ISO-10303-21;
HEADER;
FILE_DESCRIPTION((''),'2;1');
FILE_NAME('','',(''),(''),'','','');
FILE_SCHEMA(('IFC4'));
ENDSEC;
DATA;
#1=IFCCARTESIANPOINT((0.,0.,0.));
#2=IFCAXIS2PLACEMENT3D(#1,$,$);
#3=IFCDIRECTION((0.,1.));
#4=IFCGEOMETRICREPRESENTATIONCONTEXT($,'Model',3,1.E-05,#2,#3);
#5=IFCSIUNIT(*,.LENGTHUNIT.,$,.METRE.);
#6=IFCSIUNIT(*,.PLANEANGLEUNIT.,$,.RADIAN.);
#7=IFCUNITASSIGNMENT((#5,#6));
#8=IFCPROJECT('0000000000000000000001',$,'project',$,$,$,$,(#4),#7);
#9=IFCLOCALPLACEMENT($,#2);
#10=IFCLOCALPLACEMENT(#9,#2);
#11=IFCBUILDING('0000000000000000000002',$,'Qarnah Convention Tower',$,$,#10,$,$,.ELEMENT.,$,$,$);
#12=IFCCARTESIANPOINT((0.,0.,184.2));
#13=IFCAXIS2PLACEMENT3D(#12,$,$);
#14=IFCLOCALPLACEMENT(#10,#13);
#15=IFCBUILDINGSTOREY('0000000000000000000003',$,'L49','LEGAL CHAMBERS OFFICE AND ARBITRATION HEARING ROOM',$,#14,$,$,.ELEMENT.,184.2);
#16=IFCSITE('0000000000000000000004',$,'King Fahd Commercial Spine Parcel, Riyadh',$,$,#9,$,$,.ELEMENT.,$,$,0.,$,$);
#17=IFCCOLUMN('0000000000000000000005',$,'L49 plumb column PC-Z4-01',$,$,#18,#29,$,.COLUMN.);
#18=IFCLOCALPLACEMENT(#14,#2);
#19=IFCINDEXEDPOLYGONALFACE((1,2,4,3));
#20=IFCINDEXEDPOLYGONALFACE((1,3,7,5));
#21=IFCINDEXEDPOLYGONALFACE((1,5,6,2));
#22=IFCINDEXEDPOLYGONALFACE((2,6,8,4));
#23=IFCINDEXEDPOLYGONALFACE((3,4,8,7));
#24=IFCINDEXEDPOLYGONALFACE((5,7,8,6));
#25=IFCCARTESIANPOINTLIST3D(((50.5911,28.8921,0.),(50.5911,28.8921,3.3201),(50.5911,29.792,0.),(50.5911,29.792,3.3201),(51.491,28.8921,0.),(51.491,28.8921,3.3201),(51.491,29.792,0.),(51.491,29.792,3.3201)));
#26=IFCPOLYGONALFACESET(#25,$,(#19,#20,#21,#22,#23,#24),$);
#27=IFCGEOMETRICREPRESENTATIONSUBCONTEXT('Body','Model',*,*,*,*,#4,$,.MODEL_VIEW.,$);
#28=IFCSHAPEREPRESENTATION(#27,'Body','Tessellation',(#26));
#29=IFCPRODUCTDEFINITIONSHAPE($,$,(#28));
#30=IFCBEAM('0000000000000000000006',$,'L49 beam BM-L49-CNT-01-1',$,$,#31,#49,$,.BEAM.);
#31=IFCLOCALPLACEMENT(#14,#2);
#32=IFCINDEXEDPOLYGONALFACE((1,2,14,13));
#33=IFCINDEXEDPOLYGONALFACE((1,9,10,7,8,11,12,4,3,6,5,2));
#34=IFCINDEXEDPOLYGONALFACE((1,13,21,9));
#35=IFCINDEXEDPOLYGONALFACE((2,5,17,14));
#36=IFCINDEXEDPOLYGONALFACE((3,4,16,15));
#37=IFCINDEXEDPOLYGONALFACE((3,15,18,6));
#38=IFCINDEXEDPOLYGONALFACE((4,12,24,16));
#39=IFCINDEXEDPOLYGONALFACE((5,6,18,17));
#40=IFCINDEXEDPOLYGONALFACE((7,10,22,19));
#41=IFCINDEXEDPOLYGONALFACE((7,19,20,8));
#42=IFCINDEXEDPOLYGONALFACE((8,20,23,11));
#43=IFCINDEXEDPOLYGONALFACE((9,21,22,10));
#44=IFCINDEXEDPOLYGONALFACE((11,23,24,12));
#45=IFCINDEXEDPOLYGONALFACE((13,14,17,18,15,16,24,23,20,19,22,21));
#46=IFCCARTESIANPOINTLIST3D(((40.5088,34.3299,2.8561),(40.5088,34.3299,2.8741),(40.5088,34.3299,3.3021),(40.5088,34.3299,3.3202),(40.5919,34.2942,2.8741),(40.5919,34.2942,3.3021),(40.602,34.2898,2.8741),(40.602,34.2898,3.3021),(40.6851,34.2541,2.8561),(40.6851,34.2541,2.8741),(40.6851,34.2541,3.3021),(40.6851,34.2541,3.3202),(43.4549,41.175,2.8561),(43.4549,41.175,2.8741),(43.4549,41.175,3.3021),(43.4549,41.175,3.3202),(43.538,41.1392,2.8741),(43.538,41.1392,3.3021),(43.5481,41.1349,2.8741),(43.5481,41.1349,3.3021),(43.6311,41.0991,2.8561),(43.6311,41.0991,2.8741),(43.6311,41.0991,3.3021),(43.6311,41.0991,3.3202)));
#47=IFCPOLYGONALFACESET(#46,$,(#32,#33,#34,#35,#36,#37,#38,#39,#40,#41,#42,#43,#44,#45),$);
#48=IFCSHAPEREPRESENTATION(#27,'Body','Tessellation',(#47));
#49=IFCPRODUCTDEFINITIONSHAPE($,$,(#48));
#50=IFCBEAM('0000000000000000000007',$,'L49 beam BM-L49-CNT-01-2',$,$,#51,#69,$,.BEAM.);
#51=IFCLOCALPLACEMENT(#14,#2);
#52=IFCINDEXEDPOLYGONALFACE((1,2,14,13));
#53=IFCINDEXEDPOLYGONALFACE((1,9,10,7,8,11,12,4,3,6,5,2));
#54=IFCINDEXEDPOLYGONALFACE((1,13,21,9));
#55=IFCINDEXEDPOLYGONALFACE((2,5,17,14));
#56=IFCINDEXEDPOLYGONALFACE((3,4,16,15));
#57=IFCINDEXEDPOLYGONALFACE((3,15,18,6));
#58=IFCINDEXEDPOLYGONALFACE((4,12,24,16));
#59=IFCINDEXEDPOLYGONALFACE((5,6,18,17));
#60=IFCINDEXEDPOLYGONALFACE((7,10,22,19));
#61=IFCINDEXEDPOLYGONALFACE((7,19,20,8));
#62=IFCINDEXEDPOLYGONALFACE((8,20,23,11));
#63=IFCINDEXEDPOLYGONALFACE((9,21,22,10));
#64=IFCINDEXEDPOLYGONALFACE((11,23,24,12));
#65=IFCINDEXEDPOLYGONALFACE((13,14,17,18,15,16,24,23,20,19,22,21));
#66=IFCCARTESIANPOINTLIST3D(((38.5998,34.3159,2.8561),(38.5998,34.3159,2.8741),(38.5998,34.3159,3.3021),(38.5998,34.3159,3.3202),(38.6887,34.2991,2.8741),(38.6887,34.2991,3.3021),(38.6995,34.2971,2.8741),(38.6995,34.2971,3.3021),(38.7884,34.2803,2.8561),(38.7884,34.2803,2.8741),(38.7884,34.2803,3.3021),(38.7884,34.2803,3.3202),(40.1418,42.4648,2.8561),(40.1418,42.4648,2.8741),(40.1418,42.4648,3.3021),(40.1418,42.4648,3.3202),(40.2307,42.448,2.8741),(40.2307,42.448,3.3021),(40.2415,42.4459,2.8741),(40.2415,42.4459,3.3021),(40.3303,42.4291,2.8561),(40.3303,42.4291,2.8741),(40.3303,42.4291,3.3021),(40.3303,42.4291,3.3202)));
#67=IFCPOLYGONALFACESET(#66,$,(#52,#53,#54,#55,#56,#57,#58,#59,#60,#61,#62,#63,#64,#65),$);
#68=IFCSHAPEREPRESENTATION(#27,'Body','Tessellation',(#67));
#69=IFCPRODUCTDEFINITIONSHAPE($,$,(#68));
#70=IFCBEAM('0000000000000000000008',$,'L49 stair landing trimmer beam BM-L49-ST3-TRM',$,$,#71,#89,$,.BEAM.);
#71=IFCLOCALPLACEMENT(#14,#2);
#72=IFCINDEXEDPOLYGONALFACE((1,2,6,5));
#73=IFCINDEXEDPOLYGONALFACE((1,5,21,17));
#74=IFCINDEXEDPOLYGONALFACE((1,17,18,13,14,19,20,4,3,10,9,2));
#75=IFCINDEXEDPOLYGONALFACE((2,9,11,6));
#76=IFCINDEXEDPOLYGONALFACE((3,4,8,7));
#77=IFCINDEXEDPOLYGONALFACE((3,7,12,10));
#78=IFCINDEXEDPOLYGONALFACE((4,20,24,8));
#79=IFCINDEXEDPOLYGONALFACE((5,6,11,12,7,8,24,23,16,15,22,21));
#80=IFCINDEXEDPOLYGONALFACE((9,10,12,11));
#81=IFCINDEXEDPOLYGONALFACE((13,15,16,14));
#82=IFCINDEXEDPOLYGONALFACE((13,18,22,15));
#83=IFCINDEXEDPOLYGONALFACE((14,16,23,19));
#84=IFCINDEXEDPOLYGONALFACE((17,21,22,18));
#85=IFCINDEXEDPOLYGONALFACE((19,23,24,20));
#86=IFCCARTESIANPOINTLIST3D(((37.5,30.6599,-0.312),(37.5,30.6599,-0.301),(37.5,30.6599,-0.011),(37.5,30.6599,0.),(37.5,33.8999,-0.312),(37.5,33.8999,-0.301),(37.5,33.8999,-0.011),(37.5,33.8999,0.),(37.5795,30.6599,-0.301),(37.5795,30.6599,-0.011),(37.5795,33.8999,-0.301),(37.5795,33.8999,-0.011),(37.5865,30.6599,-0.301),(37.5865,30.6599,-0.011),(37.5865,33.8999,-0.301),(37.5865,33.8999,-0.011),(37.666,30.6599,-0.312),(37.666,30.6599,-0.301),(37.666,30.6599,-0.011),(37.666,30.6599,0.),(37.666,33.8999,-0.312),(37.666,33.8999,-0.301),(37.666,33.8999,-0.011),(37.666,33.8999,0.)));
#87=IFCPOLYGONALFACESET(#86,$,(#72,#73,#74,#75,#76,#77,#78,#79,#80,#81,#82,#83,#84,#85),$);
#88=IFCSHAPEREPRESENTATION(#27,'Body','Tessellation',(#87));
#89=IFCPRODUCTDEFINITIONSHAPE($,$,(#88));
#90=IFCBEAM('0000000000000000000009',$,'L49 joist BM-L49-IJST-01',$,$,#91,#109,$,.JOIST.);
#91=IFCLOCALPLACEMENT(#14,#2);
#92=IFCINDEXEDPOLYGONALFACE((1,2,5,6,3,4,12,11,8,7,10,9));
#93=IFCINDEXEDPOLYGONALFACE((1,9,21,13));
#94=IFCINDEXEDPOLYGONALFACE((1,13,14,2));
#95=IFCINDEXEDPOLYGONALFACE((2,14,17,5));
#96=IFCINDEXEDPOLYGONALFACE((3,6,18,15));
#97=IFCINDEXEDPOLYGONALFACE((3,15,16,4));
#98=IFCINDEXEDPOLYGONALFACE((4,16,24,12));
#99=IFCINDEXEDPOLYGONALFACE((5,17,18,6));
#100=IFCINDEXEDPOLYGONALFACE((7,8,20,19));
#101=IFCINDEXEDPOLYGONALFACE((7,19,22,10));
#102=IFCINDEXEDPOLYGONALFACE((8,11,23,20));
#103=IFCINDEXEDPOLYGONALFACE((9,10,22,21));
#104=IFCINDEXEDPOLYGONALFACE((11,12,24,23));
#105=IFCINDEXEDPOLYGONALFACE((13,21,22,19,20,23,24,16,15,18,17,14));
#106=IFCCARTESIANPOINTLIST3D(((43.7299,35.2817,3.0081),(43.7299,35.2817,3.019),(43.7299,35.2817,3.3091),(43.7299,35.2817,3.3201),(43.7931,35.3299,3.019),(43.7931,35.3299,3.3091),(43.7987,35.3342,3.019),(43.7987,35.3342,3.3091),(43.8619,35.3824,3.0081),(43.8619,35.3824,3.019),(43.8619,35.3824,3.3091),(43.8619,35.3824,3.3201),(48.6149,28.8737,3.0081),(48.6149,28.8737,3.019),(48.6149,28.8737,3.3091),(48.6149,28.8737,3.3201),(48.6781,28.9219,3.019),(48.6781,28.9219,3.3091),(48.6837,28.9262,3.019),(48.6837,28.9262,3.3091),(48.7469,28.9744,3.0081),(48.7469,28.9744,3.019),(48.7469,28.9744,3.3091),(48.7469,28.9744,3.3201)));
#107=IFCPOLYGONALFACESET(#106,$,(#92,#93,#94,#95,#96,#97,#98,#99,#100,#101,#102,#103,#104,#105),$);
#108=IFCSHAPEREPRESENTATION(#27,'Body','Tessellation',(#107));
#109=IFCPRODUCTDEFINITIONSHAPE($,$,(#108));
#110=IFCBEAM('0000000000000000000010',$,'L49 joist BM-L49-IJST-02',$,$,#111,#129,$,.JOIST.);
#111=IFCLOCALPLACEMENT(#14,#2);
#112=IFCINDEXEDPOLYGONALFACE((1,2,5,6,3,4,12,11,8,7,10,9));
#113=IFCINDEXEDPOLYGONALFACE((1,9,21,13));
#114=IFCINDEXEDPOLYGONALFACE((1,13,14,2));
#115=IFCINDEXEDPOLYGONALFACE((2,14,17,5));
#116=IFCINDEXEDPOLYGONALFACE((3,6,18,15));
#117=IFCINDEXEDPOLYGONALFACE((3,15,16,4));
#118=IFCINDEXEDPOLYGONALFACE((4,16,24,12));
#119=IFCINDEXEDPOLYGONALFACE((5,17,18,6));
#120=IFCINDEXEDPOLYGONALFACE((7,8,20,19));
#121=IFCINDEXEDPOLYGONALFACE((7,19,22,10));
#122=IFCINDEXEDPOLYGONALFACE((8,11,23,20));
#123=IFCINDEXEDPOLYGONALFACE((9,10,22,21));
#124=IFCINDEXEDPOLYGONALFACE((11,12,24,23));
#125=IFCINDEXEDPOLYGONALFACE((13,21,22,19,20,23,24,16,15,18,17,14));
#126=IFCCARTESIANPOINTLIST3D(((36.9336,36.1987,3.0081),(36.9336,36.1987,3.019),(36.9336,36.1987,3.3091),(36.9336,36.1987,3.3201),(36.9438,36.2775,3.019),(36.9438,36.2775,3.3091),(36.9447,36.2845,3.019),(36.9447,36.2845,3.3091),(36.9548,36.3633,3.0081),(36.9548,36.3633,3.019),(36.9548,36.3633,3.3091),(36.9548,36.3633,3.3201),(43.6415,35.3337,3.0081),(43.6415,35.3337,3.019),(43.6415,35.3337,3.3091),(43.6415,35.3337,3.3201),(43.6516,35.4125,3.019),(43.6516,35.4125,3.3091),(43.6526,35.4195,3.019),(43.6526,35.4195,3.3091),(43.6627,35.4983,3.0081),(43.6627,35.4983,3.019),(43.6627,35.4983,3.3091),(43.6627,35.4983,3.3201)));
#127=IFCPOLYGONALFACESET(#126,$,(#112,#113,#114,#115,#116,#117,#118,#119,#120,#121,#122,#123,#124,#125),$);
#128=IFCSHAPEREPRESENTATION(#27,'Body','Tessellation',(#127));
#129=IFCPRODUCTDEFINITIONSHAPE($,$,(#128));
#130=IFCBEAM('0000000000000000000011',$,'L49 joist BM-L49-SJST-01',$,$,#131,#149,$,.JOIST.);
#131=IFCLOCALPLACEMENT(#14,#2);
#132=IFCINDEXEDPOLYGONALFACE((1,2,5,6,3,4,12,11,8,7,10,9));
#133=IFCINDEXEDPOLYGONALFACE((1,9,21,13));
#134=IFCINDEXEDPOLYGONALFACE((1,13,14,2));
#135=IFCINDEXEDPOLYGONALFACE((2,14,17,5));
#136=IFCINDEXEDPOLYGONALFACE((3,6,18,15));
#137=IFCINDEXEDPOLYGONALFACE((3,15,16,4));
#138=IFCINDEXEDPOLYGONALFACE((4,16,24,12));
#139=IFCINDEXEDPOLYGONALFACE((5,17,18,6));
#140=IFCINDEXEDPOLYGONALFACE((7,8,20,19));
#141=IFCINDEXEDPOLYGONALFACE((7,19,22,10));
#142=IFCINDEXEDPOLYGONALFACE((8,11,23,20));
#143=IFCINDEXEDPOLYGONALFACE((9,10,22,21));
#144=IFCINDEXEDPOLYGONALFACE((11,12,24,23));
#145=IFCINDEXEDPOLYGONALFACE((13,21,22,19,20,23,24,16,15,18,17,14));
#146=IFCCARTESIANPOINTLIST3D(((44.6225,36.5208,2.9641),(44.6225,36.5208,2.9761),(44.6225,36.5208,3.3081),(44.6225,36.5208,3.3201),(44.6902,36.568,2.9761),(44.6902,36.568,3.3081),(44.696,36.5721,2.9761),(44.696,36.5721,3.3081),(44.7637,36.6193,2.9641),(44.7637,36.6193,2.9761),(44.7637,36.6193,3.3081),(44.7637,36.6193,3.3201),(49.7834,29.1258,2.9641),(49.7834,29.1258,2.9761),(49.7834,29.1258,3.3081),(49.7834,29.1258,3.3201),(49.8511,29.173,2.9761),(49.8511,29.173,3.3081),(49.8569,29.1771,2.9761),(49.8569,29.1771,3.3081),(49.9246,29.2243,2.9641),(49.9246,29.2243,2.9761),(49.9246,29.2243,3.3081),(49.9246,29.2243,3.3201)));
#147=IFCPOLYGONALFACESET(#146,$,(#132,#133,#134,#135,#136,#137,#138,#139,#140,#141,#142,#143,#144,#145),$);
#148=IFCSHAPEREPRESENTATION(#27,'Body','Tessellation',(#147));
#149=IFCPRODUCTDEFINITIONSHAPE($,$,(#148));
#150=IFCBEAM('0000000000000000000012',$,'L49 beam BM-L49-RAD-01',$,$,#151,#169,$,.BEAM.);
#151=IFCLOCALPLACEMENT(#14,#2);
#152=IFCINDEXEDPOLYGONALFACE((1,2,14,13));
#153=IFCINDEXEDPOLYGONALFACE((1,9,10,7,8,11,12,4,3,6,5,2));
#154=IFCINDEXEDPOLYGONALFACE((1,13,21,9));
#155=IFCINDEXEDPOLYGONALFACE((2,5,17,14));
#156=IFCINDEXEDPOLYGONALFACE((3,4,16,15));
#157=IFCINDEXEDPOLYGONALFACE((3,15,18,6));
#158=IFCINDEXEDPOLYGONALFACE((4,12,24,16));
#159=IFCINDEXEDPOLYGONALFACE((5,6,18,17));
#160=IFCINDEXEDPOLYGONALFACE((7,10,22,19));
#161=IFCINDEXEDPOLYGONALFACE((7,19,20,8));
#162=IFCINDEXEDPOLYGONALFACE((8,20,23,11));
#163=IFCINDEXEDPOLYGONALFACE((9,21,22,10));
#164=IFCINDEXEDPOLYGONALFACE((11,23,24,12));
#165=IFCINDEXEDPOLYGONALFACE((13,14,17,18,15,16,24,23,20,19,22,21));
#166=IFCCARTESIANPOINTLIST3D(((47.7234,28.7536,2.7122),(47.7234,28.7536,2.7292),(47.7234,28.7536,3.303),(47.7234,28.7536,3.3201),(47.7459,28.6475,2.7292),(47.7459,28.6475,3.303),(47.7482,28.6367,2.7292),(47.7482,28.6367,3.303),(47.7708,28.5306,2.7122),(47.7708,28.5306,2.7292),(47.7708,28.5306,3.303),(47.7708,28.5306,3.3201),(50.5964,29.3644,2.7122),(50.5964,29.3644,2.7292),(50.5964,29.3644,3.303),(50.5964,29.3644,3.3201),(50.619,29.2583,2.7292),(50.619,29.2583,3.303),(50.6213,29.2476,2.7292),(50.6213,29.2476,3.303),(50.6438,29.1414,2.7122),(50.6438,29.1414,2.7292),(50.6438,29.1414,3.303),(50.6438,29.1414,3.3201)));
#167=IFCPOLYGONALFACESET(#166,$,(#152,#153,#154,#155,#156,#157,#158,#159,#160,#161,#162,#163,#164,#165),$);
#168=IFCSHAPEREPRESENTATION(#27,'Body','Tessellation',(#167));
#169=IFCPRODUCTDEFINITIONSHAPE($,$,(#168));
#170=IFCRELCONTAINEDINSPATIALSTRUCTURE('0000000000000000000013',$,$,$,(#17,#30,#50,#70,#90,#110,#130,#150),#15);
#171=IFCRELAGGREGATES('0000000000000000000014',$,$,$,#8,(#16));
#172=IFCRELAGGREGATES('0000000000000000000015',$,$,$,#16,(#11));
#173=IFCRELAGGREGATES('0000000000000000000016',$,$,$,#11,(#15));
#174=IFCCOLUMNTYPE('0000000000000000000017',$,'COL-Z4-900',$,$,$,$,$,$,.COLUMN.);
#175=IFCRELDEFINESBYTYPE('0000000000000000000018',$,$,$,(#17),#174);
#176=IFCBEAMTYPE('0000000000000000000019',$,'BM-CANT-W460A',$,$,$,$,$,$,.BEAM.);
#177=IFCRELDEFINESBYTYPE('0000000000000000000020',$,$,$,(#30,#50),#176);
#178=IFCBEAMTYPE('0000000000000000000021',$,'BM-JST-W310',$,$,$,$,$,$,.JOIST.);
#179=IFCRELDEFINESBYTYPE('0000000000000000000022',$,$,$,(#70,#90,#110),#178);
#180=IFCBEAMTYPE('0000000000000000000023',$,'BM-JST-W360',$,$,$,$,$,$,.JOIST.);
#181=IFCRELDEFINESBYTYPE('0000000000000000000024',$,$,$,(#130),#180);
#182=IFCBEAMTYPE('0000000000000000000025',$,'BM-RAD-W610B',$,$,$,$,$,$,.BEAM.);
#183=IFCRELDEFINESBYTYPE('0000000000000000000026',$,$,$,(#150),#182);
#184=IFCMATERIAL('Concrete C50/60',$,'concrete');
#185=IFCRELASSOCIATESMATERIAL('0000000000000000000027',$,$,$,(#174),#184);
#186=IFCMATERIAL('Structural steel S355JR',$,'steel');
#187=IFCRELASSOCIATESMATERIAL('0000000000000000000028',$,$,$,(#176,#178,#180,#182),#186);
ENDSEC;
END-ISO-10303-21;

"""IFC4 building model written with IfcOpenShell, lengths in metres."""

from ifc_helpers import new_model, si_unit, direction, frame, origin, origin_2d, place, context, subcontext, project, spatial, rectangle, i_section, extrude, material, material_profile, profile_set, type_object, element, save


model = new_model("IFC4")

# Units and contexts
model_context = context("Model", 3, precision=1e-05, world=origin(), true_north=direction((0.0, 1.0)))
body_context = subcontext(model_context, "Body", "Model", "MODEL_VIEW")
ifc_project = project(units=[si_unit("LENGTHUNIT", "METRE"), si_unit("PLANEANGLEUNIT", "RADIAN")], contexts=[model_context])

# Site, building, storey
site_placement = place(None, origin())
site = spatial("IfcSite", under=ifc_project, at=site_placement, Name="King Fahd Commercial Spine Parcel, Riyadh", CompositionType="ELEMENT", RefElevation=0.0)
building_placement = place(site_placement, origin())
building = spatial("IfcBuilding", under=site, at=building_placement, Name="Qarnah Convention Tower", CompositionType="ELEMENT")
storey_placement = place(building_placement, frame((0.0, 0.0, 184.2)))
storey = spatial("IfcBuildingStorey", under=building, at=storey_placement, Name="L49", Description="LEGAL CHAMBERS OFFICE AND ARBITRATION HEARING ROOM", CompositionType="ELEMENT", Elevation=184.2)

# Column
ifc_material_1 = material(Name="Concrete C50/60", Category="concrete")
ifc_material_profile_1 = material_profile(ifc_material_1, rectangle(XDim=0.8999, YDim=0.8999, at=origin_2d()), Name="RC-COL-900X900")
ifc_profile_set_1 = profile_set([ifc_material_profile_1], Name="Concrete C50/60")
column_type = type_object("IfcColumnType", Name="COL-Z4-900", PredefinedType="COLUMN", material=ifc_profile_set_1)
column_placement = place(storey_placement, frame((51.041, 29.342, 0.0), z_axis=(0.0, 0.0, 1.0), x_axis=(1.0, 0.0, 0.0)))
element("IfcColumn", 1, at=column_placement, inside=storey, type_object=column_type, Name="L49 plumb column PC-Z4-01", PredefinedType="COLUMN", context=body_context, shape_type="SweptSolid", body=[
    extrude(rectangle(XDim=0.8999, YDim=0.8999, at=origin_2d()), origin(), (0.0, 0.0, 1.0), 3.3201),
])

# Beams
ifc_material_2 = material(Name="Structural steel S355JR", Category="steel")
ifc_material_profile_2 = material_profile(ifc_material_2, i_section(OverallWidth=0.1919, OverallDepth=0.4641, WebThickness=0.011, FlangeThickness=0.0181, at=origin_2d()), Name="W460X89")
ifc_profile_set_2 = profile_set([ifc_material_profile_2], Name="Structural steel S355JR")
beam_type_1 = type_object("IfcBeamType", Name="BM-CANT-W460A", PredefinedType="BEAM", material=ifc_profile_set_2)
beam_1_placement = place(storey_placement, frame((40.5969, 34.292, 3.0881), z_axis=(0.395334, 0.918537, 0.0), x_axis=(-0.918537, 0.395334, 0.0)))
element("IfcBeam", 2, at=beam_1_placement, inside=storey, type_object=beam_type_1, Name="L49 beam BM-L49-CNT-01-1", PredefinedType="BEAM", context=body_context, shape_type="SweptSolid", body=[
    extrude(i_section(OverallWidth=0.1919, OverallDepth=0.4641, WebThickness=0.011, FlangeThickness=0.0181, at=origin_2d()), origin(), (0.0, 0.0, 1.0), 7.4521),
])
beam_2_placement = place(storey_placement, frame((38.6941, 34.2981, 3.0881), z_axis=(0.185927, 0.982564, 0.0), x_axis=(-0.982564, 0.185927, 0.0)))
element("IfcBeam", 3, at=beam_2_placement, inside=storey, type_object=beam_type_1, Name="L49 beam BM-L49-CNT-01-2", PredefinedType="BEAM", context=body_context, shape_type="SweptSolid", body=[
    extrude(i_section(OverallWidth=0.1919, OverallDepth=0.4641, WebThickness=0.011, FlangeThickness=0.0181, at=origin_2d()), origin(), (0.0, 0.0, 1.0), 8.2935),
])
ifc_material_profile_3 = material_profile(ifc_material_2, i_section(OverallWidth=0.166, OverallDepth=0.312, WebThickness=0.0071, FlangeThickness=0.011, at=origin_2d()), Name="W310X45")
ifc_profile_set_3 = profile_set([ifc_material_profile_3], Name="Structural steel S355JR")
beam_type_2 = type_object("IfcBeamType", Name="BM-JST-W310", PredefinedType="JOIST", material=ifc_profile_set_3)
beam_3_placement = place(storey_placement, frame((37.583, 30.6599, -0.156), z_axis=(0.0, 1.0, 0.0), x_axis=(-1.0, 0.0, 0.0)))
element("IfcBeam", 4, at=beam_3_placement, inside=storey, type_object=beam_type_2, Name="L49 stair landing trimmer beam BM-L49-ST3-TRM", PredefinedType="BEAM", context=body_context, shape_type="SweptSolid", body=[
    extrude(i_section(OverallWidth=0.166, OverallDepth=0.312, WebThickness=0.0071, FlangeThickness=0.011, at=origin_2d()), origin(), (0.0, 0.0, 1.0), 3.24),
])
beam_4_placement = place(storey_placement, frame((48.6809, 28.9241, 3.1641), z_axis=(-0.60626, 0.795267, 0.0), x_axis=(-0.795267, -0.60626, 0.0)))
element("IfcBeam", 5, at=beam_4_placement, inside=storey, type_object=beam_type_2, Name="L49 joist BM-L49-IJST-01", PredefinedType="JOIST", context=body_context, shape_type="SweptSolid", body=[
    extrude(i_section(OverallWidth=0.166, OverallDepth=0.312, WebThickness=0.0071, FlangeThickness=0.011, at=origin_2d()), origin(), (0.0, 0.0, 1.0), 8.0576),
])
beam_5_placement = place(storey_placement, frame((43.6521, 35.416, 3.1641), z_axis=(-0.991788, 0.12789, 0.0), x_axis=(-0.12789, -0.991788, 0.0)))
element("IfcBeam", 6, at=beam_5_placement, inside=storey, type_object=beam_type_2, Name="L49 joist BM-L49-IJST-02", PredefinedType="JOIST", context=body_context, shape_type="SweptSolid", body=[
    extrude(i_section(OverallWidth=0.166, OverallDepth=0.312, WebThickness=0.0071, FlangeThickness=0.011, at=origin_2d()), origin(), (0.0, 0.0, 1.0), 6.7634),
])
ifc_material_profile_4 = material_profile(ifc_material_2, i_section(OverallWidth=0.1721, OverallDepth=0.356, WebThickness=0.0071, FlangeThickness=0.012, at=origin_2d()), Name="W360X51")
ifc_profile_set_4 = profile_set([ifc_material_profile_4], Name="Structural steel S355JR")
beam_type_3 = type_object("IfcBeamType", Name="BM-JST-W360", PredefinedType="JOIST", material=ifc_profile_set_4)
beam_6_placement = place(storey_placement, frame((49.854, 29.175, 3.1421), z_axis=(-0.572299, 0.820045, 0.0), x_axis=(-0.820045, -0.572299, 0.0)))
element("IfcBeam", 7, at=beam_6_placement, inside=storey, type_object=beam_type_3, Name="L49 joist BM-L49-SJST-01", PredefinedType="JOIST", context=body_context, shape_type="SweptSolid", body=[
    extrude(i_section(OverallWidth=0.1721, OverallDepth=0.356, WebThickness=0.0071, FlangeThickness=0.012, at=origin_2d()), origin(), (0.0, 0.0, 1.0), 9.0178),
])
ifc_material_profile_5 = material_profile(ifc_material_2, i_section(OverallWidth=0.228, OverallDepth=0.6079, WebThickness=0.011, FlangeThickness=0.0171, at=origin_2d()), Name="W610X113")
ifc_profile_set_5 = profile_set([ifc_material_profile_5], Name="Structural steel S355JR")
beam_type_4 = type_object("IfcBeamType", Name="BM-RAD-W610B", PredefinedType="BEAM", material=ifc_profile_set_5)
beam_7_placement = place(storey_placement, frame((47.7471, 28.6421, 3.0161), z_axis=(0.978137, 0.207962, 0.0), x_axis=(-0.207962, 0.978137, 0.0)))
element("IfcBeam", 8, at=beam_7_placement, inside=storey, type_object=beam_type_4, Name="L49 beam BM-L49-RAD-01", PredefinedType="BEAM", context=body_context, shape_type="SweptSolid", body=[
    extrude(i_section(OverallWidth=0.228, OverallDepth=0.6079, WebThickness=0.011, FlangeThickness=0.0171, at=origin_2d()), origin(), (0.0, 0.0, 1.0), 2.9373),
])

save(model, "model.ifc")
